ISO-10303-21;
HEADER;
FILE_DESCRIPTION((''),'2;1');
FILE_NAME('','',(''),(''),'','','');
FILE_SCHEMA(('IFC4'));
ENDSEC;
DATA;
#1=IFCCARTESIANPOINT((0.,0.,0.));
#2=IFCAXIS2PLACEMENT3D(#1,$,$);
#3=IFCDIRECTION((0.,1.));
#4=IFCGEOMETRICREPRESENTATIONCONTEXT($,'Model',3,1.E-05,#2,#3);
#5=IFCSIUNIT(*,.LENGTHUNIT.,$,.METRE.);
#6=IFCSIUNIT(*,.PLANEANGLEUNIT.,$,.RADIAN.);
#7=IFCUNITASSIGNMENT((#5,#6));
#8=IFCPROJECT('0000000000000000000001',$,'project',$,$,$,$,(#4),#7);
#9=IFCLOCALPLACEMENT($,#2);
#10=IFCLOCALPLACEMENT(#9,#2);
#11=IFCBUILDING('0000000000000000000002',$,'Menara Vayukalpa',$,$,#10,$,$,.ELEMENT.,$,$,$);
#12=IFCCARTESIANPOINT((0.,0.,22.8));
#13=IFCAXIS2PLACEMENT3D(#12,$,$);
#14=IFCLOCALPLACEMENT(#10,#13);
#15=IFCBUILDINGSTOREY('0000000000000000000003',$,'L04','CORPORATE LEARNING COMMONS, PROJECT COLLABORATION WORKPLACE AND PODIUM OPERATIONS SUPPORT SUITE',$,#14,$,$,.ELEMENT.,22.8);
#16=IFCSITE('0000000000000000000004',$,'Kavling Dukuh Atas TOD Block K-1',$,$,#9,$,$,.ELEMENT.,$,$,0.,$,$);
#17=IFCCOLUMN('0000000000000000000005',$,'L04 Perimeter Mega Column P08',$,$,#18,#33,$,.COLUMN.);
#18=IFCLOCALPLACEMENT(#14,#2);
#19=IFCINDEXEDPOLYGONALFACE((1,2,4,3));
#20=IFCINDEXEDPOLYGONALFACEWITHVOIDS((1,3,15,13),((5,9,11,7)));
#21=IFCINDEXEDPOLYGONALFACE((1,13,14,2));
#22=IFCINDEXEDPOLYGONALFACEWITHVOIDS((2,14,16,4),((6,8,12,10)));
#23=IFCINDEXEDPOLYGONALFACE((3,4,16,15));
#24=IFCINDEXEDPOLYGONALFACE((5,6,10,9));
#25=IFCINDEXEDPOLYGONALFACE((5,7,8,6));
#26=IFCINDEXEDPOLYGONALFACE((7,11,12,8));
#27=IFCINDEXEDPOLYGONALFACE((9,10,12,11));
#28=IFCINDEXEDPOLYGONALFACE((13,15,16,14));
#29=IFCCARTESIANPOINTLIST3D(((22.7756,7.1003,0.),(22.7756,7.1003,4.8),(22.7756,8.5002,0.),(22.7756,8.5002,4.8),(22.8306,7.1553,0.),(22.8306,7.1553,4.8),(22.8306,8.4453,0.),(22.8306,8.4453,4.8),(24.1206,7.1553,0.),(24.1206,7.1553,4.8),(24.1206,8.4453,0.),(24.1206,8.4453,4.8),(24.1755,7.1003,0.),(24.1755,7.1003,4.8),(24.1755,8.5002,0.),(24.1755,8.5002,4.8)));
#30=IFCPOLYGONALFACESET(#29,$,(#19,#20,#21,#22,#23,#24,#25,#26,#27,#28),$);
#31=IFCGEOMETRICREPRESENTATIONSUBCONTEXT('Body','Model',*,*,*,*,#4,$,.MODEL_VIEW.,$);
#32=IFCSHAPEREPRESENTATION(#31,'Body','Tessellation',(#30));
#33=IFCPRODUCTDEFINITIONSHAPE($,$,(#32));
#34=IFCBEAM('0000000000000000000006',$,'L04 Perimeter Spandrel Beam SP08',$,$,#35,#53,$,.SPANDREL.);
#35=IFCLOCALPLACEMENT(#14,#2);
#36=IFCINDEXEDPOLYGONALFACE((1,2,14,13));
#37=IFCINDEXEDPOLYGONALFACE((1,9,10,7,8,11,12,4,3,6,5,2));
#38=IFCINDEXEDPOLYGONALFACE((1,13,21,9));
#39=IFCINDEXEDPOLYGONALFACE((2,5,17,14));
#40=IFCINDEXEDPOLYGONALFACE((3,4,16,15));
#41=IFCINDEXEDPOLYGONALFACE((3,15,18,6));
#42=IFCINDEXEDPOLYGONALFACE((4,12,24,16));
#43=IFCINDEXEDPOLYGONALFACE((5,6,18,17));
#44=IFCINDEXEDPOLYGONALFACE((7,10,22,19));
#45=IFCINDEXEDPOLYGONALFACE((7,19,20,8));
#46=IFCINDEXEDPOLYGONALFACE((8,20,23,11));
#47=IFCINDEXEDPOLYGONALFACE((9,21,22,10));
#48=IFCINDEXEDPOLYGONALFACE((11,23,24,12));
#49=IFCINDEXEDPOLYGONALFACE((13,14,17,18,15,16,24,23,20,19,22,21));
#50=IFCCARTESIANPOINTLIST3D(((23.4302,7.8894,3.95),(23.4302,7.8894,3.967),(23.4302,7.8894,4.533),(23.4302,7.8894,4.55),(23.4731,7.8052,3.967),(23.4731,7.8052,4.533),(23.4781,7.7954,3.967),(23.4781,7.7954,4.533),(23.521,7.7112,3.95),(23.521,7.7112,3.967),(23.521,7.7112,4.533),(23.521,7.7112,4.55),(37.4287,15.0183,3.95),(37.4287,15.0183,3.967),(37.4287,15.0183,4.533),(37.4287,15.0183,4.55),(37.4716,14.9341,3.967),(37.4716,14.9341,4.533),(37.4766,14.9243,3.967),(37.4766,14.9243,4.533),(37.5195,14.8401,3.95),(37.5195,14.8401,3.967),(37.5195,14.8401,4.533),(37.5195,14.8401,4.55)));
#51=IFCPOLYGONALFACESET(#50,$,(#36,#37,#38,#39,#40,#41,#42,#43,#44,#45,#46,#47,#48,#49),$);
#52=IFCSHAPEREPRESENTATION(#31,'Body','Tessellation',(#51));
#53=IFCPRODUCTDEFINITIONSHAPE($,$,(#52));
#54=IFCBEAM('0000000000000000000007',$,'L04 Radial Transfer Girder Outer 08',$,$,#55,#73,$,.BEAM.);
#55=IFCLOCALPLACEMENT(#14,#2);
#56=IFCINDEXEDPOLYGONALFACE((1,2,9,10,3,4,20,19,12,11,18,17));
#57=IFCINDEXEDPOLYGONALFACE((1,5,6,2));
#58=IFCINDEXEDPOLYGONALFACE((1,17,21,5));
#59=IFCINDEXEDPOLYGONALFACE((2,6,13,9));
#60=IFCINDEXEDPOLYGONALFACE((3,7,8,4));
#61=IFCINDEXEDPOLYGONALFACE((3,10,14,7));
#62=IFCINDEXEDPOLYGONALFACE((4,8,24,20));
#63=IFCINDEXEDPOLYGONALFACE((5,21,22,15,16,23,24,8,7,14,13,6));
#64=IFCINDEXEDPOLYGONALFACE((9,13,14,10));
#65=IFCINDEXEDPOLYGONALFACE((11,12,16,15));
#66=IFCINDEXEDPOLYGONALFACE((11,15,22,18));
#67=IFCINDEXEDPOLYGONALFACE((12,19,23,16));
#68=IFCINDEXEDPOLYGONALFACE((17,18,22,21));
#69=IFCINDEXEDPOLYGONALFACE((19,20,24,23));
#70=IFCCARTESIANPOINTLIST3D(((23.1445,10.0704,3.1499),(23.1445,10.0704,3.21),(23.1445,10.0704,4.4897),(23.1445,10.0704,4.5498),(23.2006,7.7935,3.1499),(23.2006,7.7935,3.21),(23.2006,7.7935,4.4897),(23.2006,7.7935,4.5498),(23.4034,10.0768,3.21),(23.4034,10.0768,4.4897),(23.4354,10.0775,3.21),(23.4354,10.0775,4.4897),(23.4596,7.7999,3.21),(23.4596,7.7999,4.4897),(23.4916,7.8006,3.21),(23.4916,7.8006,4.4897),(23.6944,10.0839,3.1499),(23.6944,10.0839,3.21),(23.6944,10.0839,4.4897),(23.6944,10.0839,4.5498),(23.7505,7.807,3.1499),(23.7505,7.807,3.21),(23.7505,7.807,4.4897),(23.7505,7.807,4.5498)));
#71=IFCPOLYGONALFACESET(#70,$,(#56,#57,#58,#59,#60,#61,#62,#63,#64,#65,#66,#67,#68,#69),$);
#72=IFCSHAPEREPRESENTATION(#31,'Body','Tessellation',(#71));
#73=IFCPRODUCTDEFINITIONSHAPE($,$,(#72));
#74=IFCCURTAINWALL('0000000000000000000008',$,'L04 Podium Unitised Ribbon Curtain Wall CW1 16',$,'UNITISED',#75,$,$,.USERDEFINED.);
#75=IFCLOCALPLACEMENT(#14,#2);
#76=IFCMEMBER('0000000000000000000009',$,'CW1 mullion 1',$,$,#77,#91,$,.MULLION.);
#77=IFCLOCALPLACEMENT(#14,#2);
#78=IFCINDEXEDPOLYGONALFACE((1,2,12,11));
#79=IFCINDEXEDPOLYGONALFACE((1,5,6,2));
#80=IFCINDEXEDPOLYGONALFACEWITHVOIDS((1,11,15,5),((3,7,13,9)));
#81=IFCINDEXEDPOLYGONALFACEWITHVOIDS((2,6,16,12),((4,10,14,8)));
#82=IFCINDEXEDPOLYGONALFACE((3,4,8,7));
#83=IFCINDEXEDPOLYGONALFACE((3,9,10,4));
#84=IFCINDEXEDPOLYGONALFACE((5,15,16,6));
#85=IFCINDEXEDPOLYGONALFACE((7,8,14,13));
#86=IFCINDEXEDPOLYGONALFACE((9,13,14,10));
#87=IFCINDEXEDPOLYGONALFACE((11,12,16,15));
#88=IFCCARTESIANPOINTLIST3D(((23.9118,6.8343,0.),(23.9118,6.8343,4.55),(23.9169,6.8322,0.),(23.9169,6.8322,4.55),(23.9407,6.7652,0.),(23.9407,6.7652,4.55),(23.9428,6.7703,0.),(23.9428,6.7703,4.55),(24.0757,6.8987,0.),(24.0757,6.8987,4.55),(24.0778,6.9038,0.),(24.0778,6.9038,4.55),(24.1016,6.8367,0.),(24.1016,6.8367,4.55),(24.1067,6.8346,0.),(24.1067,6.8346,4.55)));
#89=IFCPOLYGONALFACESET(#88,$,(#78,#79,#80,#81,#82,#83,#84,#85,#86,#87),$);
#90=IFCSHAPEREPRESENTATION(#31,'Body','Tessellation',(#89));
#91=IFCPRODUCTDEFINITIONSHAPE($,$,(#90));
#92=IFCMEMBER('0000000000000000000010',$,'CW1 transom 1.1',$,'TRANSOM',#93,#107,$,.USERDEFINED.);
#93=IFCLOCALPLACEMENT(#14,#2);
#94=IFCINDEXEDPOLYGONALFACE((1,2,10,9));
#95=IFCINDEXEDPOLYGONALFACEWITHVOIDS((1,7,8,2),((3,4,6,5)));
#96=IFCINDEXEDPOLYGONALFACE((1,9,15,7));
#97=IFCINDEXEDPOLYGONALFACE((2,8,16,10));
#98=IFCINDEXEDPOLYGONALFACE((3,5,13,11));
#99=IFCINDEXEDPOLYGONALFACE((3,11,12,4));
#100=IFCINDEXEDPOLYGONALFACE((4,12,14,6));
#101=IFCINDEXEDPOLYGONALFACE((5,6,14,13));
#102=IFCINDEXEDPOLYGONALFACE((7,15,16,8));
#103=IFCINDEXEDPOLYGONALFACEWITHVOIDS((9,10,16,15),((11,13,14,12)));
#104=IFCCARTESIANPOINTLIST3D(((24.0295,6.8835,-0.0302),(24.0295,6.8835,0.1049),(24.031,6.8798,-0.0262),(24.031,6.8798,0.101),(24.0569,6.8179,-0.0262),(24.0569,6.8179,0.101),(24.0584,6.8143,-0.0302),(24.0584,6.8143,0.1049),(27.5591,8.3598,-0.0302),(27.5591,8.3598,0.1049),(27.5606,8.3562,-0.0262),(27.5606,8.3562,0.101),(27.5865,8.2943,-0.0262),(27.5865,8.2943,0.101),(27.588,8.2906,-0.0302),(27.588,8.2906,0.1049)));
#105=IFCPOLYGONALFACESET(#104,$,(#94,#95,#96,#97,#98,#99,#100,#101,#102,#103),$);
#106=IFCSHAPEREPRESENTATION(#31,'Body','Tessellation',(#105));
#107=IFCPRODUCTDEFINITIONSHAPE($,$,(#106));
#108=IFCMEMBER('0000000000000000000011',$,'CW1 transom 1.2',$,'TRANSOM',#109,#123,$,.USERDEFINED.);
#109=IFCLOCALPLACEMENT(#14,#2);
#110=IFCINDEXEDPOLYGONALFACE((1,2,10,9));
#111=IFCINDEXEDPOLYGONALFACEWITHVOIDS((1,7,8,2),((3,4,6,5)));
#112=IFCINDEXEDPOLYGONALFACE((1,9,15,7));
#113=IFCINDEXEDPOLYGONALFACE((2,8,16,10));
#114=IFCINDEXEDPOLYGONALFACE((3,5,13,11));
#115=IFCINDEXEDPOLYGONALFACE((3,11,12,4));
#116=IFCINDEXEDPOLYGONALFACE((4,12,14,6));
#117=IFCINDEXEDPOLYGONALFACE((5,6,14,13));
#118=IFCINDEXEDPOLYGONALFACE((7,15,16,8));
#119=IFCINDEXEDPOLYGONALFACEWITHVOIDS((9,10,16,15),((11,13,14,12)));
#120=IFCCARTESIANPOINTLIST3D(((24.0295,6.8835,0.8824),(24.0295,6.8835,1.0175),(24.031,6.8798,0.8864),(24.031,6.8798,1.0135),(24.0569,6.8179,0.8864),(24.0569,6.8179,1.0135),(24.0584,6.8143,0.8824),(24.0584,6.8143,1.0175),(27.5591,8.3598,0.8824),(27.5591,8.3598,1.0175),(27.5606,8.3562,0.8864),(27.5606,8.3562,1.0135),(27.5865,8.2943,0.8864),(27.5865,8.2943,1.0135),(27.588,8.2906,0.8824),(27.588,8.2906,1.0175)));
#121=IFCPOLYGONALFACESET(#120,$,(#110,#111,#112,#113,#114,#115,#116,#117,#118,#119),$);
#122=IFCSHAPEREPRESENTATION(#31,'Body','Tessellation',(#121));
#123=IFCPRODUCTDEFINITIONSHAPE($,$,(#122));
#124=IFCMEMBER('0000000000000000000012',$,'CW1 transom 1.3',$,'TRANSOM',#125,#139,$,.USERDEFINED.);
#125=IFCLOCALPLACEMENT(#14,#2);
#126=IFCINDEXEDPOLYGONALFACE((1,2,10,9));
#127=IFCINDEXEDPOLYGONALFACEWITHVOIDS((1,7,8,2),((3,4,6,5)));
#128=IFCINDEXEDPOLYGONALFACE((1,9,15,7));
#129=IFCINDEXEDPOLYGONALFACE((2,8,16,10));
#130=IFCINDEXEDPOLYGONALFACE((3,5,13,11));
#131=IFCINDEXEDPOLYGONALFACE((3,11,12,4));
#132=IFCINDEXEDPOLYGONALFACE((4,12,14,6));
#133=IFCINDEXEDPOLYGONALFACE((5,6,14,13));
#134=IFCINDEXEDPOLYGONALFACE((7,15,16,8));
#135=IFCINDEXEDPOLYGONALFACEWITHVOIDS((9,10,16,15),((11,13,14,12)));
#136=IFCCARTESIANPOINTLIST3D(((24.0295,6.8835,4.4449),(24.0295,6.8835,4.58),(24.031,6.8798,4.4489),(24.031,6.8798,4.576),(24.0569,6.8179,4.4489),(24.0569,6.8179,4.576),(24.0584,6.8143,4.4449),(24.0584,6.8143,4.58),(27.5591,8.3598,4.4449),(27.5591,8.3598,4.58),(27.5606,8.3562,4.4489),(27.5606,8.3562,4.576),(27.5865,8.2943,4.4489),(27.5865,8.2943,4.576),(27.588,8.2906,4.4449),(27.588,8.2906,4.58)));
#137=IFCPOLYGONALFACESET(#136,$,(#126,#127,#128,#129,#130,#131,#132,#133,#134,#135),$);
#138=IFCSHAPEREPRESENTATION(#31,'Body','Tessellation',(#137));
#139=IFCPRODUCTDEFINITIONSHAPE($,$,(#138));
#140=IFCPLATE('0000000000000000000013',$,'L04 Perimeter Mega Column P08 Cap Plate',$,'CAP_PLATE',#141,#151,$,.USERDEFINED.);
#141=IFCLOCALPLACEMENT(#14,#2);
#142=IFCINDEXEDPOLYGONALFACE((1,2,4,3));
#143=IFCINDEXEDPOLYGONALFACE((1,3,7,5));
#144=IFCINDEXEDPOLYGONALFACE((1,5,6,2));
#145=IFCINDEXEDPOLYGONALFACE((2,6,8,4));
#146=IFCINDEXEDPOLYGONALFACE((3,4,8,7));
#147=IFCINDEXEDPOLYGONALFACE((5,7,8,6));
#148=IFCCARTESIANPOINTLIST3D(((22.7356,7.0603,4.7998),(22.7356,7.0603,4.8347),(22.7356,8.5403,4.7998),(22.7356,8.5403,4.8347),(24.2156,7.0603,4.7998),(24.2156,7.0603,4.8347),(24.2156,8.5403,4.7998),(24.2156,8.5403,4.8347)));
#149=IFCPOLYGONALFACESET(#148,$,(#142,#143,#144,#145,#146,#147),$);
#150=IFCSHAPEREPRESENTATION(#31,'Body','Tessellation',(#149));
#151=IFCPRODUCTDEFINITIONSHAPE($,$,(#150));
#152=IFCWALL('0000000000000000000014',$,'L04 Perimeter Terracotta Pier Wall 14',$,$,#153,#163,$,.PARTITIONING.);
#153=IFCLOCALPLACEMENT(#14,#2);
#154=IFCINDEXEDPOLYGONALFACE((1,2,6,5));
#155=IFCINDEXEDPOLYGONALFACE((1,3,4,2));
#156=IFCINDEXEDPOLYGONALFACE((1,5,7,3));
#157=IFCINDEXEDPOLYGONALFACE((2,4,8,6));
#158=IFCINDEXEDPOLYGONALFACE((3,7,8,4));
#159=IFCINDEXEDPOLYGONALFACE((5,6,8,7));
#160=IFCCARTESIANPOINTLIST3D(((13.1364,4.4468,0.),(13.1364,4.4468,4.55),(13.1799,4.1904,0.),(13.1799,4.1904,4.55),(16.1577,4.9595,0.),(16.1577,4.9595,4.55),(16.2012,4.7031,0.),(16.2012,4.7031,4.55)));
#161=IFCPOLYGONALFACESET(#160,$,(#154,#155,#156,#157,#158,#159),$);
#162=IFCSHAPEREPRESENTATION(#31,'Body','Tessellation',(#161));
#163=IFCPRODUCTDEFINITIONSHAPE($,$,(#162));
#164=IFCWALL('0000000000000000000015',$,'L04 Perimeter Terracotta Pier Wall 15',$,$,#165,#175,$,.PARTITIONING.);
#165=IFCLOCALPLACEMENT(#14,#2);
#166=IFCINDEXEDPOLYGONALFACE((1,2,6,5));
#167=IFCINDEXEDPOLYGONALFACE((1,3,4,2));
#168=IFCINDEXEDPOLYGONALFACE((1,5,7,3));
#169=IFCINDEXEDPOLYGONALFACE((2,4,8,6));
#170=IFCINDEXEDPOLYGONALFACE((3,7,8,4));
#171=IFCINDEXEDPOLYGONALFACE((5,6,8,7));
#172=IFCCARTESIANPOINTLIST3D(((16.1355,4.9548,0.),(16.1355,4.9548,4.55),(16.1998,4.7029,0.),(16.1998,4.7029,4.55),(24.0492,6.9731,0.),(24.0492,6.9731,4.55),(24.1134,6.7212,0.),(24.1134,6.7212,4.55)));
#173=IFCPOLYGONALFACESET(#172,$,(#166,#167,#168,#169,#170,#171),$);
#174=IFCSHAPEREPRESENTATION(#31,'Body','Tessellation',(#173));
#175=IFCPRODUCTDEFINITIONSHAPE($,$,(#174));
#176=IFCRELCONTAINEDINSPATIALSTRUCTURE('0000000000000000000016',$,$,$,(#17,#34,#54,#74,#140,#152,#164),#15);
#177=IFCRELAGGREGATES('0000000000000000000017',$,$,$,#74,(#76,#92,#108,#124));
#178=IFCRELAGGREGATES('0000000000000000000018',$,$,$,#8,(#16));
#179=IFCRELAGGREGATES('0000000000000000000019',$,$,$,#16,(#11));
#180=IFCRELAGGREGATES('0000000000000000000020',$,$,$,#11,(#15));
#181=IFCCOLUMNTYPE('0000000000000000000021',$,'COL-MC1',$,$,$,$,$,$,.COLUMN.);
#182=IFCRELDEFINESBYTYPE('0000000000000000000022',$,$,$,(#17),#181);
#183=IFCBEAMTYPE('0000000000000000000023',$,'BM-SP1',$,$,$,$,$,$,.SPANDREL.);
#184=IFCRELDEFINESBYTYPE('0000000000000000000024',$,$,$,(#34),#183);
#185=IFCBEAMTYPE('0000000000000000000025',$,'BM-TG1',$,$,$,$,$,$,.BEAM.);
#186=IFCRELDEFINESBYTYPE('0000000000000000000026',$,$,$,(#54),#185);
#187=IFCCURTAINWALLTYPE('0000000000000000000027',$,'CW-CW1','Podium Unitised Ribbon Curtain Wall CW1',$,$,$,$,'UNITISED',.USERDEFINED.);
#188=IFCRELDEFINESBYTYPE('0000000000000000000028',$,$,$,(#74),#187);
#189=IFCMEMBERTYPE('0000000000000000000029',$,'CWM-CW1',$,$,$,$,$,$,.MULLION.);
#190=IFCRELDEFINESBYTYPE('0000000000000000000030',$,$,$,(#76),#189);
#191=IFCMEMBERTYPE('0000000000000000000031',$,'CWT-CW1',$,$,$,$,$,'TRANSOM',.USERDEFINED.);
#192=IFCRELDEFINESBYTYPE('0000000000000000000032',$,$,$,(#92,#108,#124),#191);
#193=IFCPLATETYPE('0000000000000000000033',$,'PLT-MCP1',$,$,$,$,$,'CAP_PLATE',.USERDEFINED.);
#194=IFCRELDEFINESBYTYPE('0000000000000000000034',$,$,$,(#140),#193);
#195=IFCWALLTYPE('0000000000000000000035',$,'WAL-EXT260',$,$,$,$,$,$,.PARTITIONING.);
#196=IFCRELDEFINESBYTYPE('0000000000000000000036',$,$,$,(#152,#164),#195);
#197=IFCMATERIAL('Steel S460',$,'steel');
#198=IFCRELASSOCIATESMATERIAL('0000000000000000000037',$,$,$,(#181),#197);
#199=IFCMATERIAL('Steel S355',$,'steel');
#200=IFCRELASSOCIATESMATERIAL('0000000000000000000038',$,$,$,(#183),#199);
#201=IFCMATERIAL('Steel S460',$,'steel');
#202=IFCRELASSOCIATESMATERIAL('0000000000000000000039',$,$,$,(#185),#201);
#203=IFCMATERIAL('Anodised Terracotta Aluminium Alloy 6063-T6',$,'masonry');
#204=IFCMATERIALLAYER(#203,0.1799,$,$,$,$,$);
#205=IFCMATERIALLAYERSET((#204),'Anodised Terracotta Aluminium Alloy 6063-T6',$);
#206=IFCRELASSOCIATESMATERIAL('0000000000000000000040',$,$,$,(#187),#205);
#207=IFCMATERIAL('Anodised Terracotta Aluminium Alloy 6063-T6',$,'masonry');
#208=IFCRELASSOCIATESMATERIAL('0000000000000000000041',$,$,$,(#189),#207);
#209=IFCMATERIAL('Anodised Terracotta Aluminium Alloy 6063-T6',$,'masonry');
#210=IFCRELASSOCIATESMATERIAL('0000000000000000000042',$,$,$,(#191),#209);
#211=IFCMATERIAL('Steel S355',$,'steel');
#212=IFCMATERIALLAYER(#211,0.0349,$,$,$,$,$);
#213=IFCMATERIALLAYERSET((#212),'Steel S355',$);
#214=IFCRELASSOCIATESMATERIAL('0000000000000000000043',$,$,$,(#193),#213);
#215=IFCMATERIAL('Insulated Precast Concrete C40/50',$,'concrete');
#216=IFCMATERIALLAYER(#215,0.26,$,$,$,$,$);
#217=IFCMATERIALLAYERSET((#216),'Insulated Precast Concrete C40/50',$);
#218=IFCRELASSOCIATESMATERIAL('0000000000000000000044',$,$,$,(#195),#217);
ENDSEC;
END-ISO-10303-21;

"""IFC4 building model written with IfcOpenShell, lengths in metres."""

from ifc_helpers import new_model, si_unit, direction, frame, frame_2d, origin, origin_2d, place, context, subcontext, project, spatial, rectangle, hollow_rectangle, i_section, extrude, material, layer, layer_set, material_profile, profile_set, type_object, element, aggregate, save


model = new_model("IFC4")

# Units and contexts
model_context = context("Model", 3, precision=1e-05, world=origin(), true_north=direction((0.0, 1.0)))
body_context = subcontext(model_context, "Body", "Model", "MODEL_VIEW")
ifc_project = project(units=[si_unit("LENGTHUNIT", "METRE"), si_unit("PLANEANGLEUNIT", "RADIAN")], contexts=[model_context])

# Site, building, storey
site_placement = place(None, origin())
site = spatial("IfcSite", under=ifc_project, at=site_placement, Name="Kavling Dukuh Atas TOD Block K-1", CompositionType="ELEMENT", RefElevation=0.0)
building_placement = place(site_placement, origin())
building = spatial("IfcBuilding", under=site, at=building_placement, Name="Menara Vayukalpa", CompositionType="ELEMENT")
storey_placement = place(building_placement, frame((0.0, 0.0, 22.8)))
storey = spatial("IfcBuildingStorey", under=building, at=storey_placement, Name="L04", Description="CORPORATE LEARNING COMMONS, PROJECT COLLABORATION WORKPLACE AND PODIUM OPERATIONS SUPPORT SUITE", CompositionType="ELEMENT", Elevation=22.8)

# Column
ifc_material_1 = material(Name="Steel S460", Category="steel")
ifc_material_profile_1 = material_profile(ifc_material_1, hollow_rectangle(XDim=1.3999, YDim=1.3999, WallThickness=0.0549, at=origin_2d()), Name="BOX 1400x1400x55")
ifc_profile_set_1 = profile_set([ifc_material_profile_1], Name="Steel S460")
column_type = type_object("IfcColumnType", Name="COL-MC1", PredefinedType="COLUMN", material=ifc_profile_set_1)
column_placement = place(storey_placement, frame((23.4756, 7.8003, 0.0), z_axis=(0.0, 0.0, 1.0), x_axis=(1.0, 0.0, 0.0)))
element("IfcColumn", 1, at=column_placement, inside=storey, type_object=column_type, Name="L04 Perimeter Mega Column P08", PredefinedType="COLUMN", context=body_context, shape_type="SweptSolid", body=[
    extrude(hollow_rectangle(XDim=1.3999, YDim=1.3999, WallThickness=0.0549, at=origin_2d()), origin(), (0.0, 0.0, 1.0), 4.8),
])

# Beams
ifc_material_2 = material(Name="Steel S355", Category="steel")
ifc_material_profile_2 = material_profile(ifc_material_2, i_section(OverallWidth=0.2, OverallDepth=0.6001, WebThickness=0.011, FlangeThickness=0.0171, at=origin_2d()), Name="WF 600x200x11x17")
ifc_profile_set_2 = profile_set([ifc_material_profile_2], Name="Steel S355")
beam_type_1 = type_object("IfcBeamType", Name="BM-SP1", PredefinedType="SPANDREL", material=ifc_profile_set_2)
beam_1_placement = place(storey_placement, frame((23.4756, 7.8003, 4.25), z_axis=(0.891102, 0.453803, 0.0), x_axis=(-0.453803, 0.891102, 0.0)))
element("IfcBeam", 2, at=beam_1_placement, inside=storey, type_object=beam_type_1, Name="L04 Perimeter Spandrel Beam SP08", PredefinedType="SPANDREL", context=body_context, shape_type="SweptSolid", body=[
    extrude(i_section(OverallWidth=0.2, OverallDepth=0.6001, WebThickness=0.011, FlangeThickness=0.0171, at=origin_2d()), origin(), (0.0, 0.0, 1.0), 15.7092),
])
ifc_material_3 = material(Name="Steel S460", Category="steel")
ifc_material_profile_3 = material_profile(ifc_material_3, i_section(OverallWidth=0.55, OverallDepth=1.3999, WebThickness=0.032, FlangeThickness=0.0601, at=origin_2d()), Name="WG 1400x550x32x60")
ifc_profile_set_3 = profile_set([ifc_material_profile_3], Name="Steel S460")
beam_type_2 = type_object("IfcBeamType", Name="BM-TG1", PredefinedType="BEAM", material=ifc_profile_set_3)
beam_2_placement = place(storey_placement, frame((23.4194, 10.0771, 3.8499), z_axis=(0.024655, -0.999696, 0.0), x_axis=(0.999696, 0.024655, 0.0)))
element("IfcBeam", 3, at=beam_2_placement, inside=storey, type_object=beam_type_2, Name="L04 Radial Transfer Girder Outer 08", PredefinedType="BEAM", context=body_context, shape_type="SweptSolid", body=[
    extrude(i_section(OverallWidth=0.55, OverallDepth=1.3999, WebThickness=0.032, FlangeThickness=0.0601, at=origin_2d()), origin(), (0.0, 0.0, 1.0), 2.2776),
])

# Curtain wall, members
ifc_material_4 = material(Name="Anodised Terracotta Aluminium Alloy 6063-T6", Category="masonry")
ifc_layer_1 = layer(ifc_material_4, 0.1799)
ifc_layer_set_1 = layer_set([ifc_layer_1], Name="Anodised Terracotta Aluminium Alloy 6063-T6")
curtain_wall_type = type_object("IfcCurtainWallType", Name="CW-CW1", Description="Podium Unitised Ribbon Curtain Wall CW1", ElementType="UNITISED", PredefinedType="USERDEFINED", material=ifc_layer_set_1)
curtain_wall_placement = place(storey_placement, origin())
curtain_wall = element("IfcCurtainWall", 4, at=curtain_wall_placement, inside=storey, type_object=curtain_wall_type, Name="L04 Podium Unitised Ribbon Curtain Wall CW1 16", ObjectType="UNITISED", PredefinedType="USERDEFINED")
ifc_material_5 = material(Name="Anodised Terracotta Aluminium Alloy 6063-T6", Category="masonry")
ifc_material_profile_4 = material_profile(ifc_material_5, hollow_rectangle(XDim=0.075, YDim=0.1799, WallThickness=0.0039, at=origin_2d()), Name="ALU 75x180x4")
ifc_profile_set_4 = profile_set([ifc_material_profile_4], Name="Anodised Terracotta Aluminium Alloy 6063-T6")
member_type_1 = type_object("IfcMemberType", Name="CWM-CW1", PredefinedType="MULLION", material=ifc_profile_set_4)
member_1_placement = place(storey_placement, frame((24.0093, 6.8345, 0.0), z_axis=(0.0, 0.0, 1.0), x_axis=(-0.385891, 0.922545, 0.0)))
member_1 = element("IfcMember", 5, at=member_1_placement, type_object=member_type_1, Name="CW1 mullion 1", PredefinedType="MULLION", context=body_context, shape_type="SweptSolid", body=[
    extrude(hollow_rectangle(XDim=0.075, YDim=0.1799, WallThickness=0.0039, at=origin_2d()), origin(), (0.0, 0.0, 1.0), 4.55),
])
ifc_material_6 = material(Name="Anodised Terracotta Aluminium Alloy 6063-T6", Category="masonry")
ifc_material_profile_5 = material_profile(ifc_material_6, hollow_rectangle(XDim=0.075, YDim=0.135, WallThickness=0.0039, at=origin_2d()), Name="ALU 75x135x4")
ifc_profile_set_5 = profile_set([ifc_material_profile_5], Name="Anodised Terracotta Aluminium Alloy 6063-T6")
member_type_2 = type_object("IfcMemberType", Name="CWT-CW1", ElementType="TRANSOM", PredefinedType="USERDEFINED", material=ifc_profile_set_5)
member_2_placement = place(storey_placement, frame((24.0439, 6.8489, 0.0374), z_axis=(0.922549, 0.385879, 0.0), x_axis=(-0.385879, 0.922549, 0.0)))
member_2 = element("IfcMember", 6, at=member_2_placement, type_object=member_type_2, Name="CW1 transom 1.1", ObjectType="TRANSOM", PredefinedType="USERDEFINED", context=body_context, shape_type="SweptSolid", body=[
    extrude(hollow_rectangle(XDim=0.075, YDim=0.135, WallThickness=0.0039, at=origin_2d()), origin(), (0.0, 0.0, 1.0), 3.8259),
])
member_3_placement = place(storey_placement, frame((24.0439, 6.8489, 0.95), z_axis=(0.922549, 0.385879, 0.0), x_axis=(-0.385879, 0.922549, 0.0)))
member_3 = element("IfcMember", 7, at=member_3_placement, type_object=member_type_2, Name="CW1 transom 1.2", ObjectType="TRANSOM", PredefinedType="USERDEFINED", context=body_context, shape_type="SweptSolid", body=[
    extrude(hollow_rectangle(XDim=0.075, YDim=0.135, WallThickness=0.0039, at=origin_2d()), origin(), (0.0, 0.0, 1.0), 3.8259),
])
member_4_placement = place(storey_placement, frame((24.0439, 6.8489, 4.5125), z_axis=(0.922549, 0.385879, 0.0), x_axis=(-0.385879, 0.922549, 0.0)))
member_4 = element("IfcMember", 8, at=member_4_placement, type_object=member_type_2, Name="CW1 transom 1.3", ObjectType="TRANSOM", PredefinedType="USERDEFINED", context=body_context, shape_type="SweptSolid", body=[
    extrude(hollow_rectangle(XDim=0.075, YDim=0.135, WallThickness=0.0039, at=origin_2d()), origin(), (0.0, 0.0, 1.0), 3.8259),
])
aggregate(curtain_wall, [member_1, member_2, member_3, member_4])

# Plate
ifc_material_7 = material(Name="Steel S355", Category="steel")
ifc_layer_2 = layer(ifc_material_7, 0.0349)
ifc_layer_set_2 = layer_set([ifc_layer_2], Name="Steel S355")
plate_type = type_object("IfcPlateType", Name="PLT-MCP1", ElementType="CAP_PLATE", PredefinedType="USERDEFINED", material=ifc_layer_set_2)
plate_placement = place(storey_placement, frame((23.4756, 7.8003, 4.7998), z_axis=(0.0, 0.0, 1.0), x_axis=(1.0, 0.0, 0.0)))
element("IfcPlate", 9, at=plate_placement, inside=storey, type_object=plate_type, Name="L04 Perimeter Mega Column P08 Cap Plate", ObjectType="CAP_PLATE", PredefinedType="USERDEFINED", context=body_context, shape_type="SweptSolid", body=[
    extrude(rectangle(XDim=1.48, YDim=1.48, at=origin_2d()), origin(), (0.0, 0.0, 1.0), 0.0349),
])

# Walls
ifc_material_8 = material(Name="Insulated Precast Concrete C40/50", Category="concrete")
ifc_layer_3 = layer(ifc_material_8, 0.26)
ifc_layer_set_3 = layer_set([ifc_layer_3], Name="Insulated Precast Concrete C40/50")
wall_type_1 = type_object("IfcWallType", Name="WAL-EXT260", PredefinedType="PARTITIONING", material=ifc_layer_set_3)
wall_1_placement = place(storey_placement, frame((16.1794, 4.8313, 0.0), z_axis=(0.0, 0.0, 1.0), x_axis=(-0.985905, -0.167305, 0.0)))
element("IfcWall", 10, at=wall_1_placement, inside=storey, type_object=wall_type_1, Name="L04 Perimeter Terracotta Pier Wall 14", PredefinedType="PARTITIONING", context=body_context, shape_type="SweptSolid", body=[
    extrude(rectangle(XDim=3.0645, YDim=0.26, at=frame_2d((1.5322, 0.0))), origin(), (0.0, 0.0, 1.0), 4.55),
])
wall_2_placement = place(storey_placement, frame((24.0813, 6.8472, 0.0), z_axis=(0.0, 0.0, 1.0), x_axis=(-0.968982, -0.247133, 0.0)))
element("IfcWall", 11, at=wall_2_placement, inside=storey, type_object=wall_type_1, Name="L04 Perimeter Terracotta Pier Wall 15", PredefinedType="PARTITIONING", context=body_context, shape_type="SweptSolid", body=[
    extrude(rectangle(XDim=8.167, YDim=0.26, at=frame_2d((4.0835, 0.0))), origin(), (0.0, 0.0, 1.0), 4.55),
])

save(model, "model.ifc")
